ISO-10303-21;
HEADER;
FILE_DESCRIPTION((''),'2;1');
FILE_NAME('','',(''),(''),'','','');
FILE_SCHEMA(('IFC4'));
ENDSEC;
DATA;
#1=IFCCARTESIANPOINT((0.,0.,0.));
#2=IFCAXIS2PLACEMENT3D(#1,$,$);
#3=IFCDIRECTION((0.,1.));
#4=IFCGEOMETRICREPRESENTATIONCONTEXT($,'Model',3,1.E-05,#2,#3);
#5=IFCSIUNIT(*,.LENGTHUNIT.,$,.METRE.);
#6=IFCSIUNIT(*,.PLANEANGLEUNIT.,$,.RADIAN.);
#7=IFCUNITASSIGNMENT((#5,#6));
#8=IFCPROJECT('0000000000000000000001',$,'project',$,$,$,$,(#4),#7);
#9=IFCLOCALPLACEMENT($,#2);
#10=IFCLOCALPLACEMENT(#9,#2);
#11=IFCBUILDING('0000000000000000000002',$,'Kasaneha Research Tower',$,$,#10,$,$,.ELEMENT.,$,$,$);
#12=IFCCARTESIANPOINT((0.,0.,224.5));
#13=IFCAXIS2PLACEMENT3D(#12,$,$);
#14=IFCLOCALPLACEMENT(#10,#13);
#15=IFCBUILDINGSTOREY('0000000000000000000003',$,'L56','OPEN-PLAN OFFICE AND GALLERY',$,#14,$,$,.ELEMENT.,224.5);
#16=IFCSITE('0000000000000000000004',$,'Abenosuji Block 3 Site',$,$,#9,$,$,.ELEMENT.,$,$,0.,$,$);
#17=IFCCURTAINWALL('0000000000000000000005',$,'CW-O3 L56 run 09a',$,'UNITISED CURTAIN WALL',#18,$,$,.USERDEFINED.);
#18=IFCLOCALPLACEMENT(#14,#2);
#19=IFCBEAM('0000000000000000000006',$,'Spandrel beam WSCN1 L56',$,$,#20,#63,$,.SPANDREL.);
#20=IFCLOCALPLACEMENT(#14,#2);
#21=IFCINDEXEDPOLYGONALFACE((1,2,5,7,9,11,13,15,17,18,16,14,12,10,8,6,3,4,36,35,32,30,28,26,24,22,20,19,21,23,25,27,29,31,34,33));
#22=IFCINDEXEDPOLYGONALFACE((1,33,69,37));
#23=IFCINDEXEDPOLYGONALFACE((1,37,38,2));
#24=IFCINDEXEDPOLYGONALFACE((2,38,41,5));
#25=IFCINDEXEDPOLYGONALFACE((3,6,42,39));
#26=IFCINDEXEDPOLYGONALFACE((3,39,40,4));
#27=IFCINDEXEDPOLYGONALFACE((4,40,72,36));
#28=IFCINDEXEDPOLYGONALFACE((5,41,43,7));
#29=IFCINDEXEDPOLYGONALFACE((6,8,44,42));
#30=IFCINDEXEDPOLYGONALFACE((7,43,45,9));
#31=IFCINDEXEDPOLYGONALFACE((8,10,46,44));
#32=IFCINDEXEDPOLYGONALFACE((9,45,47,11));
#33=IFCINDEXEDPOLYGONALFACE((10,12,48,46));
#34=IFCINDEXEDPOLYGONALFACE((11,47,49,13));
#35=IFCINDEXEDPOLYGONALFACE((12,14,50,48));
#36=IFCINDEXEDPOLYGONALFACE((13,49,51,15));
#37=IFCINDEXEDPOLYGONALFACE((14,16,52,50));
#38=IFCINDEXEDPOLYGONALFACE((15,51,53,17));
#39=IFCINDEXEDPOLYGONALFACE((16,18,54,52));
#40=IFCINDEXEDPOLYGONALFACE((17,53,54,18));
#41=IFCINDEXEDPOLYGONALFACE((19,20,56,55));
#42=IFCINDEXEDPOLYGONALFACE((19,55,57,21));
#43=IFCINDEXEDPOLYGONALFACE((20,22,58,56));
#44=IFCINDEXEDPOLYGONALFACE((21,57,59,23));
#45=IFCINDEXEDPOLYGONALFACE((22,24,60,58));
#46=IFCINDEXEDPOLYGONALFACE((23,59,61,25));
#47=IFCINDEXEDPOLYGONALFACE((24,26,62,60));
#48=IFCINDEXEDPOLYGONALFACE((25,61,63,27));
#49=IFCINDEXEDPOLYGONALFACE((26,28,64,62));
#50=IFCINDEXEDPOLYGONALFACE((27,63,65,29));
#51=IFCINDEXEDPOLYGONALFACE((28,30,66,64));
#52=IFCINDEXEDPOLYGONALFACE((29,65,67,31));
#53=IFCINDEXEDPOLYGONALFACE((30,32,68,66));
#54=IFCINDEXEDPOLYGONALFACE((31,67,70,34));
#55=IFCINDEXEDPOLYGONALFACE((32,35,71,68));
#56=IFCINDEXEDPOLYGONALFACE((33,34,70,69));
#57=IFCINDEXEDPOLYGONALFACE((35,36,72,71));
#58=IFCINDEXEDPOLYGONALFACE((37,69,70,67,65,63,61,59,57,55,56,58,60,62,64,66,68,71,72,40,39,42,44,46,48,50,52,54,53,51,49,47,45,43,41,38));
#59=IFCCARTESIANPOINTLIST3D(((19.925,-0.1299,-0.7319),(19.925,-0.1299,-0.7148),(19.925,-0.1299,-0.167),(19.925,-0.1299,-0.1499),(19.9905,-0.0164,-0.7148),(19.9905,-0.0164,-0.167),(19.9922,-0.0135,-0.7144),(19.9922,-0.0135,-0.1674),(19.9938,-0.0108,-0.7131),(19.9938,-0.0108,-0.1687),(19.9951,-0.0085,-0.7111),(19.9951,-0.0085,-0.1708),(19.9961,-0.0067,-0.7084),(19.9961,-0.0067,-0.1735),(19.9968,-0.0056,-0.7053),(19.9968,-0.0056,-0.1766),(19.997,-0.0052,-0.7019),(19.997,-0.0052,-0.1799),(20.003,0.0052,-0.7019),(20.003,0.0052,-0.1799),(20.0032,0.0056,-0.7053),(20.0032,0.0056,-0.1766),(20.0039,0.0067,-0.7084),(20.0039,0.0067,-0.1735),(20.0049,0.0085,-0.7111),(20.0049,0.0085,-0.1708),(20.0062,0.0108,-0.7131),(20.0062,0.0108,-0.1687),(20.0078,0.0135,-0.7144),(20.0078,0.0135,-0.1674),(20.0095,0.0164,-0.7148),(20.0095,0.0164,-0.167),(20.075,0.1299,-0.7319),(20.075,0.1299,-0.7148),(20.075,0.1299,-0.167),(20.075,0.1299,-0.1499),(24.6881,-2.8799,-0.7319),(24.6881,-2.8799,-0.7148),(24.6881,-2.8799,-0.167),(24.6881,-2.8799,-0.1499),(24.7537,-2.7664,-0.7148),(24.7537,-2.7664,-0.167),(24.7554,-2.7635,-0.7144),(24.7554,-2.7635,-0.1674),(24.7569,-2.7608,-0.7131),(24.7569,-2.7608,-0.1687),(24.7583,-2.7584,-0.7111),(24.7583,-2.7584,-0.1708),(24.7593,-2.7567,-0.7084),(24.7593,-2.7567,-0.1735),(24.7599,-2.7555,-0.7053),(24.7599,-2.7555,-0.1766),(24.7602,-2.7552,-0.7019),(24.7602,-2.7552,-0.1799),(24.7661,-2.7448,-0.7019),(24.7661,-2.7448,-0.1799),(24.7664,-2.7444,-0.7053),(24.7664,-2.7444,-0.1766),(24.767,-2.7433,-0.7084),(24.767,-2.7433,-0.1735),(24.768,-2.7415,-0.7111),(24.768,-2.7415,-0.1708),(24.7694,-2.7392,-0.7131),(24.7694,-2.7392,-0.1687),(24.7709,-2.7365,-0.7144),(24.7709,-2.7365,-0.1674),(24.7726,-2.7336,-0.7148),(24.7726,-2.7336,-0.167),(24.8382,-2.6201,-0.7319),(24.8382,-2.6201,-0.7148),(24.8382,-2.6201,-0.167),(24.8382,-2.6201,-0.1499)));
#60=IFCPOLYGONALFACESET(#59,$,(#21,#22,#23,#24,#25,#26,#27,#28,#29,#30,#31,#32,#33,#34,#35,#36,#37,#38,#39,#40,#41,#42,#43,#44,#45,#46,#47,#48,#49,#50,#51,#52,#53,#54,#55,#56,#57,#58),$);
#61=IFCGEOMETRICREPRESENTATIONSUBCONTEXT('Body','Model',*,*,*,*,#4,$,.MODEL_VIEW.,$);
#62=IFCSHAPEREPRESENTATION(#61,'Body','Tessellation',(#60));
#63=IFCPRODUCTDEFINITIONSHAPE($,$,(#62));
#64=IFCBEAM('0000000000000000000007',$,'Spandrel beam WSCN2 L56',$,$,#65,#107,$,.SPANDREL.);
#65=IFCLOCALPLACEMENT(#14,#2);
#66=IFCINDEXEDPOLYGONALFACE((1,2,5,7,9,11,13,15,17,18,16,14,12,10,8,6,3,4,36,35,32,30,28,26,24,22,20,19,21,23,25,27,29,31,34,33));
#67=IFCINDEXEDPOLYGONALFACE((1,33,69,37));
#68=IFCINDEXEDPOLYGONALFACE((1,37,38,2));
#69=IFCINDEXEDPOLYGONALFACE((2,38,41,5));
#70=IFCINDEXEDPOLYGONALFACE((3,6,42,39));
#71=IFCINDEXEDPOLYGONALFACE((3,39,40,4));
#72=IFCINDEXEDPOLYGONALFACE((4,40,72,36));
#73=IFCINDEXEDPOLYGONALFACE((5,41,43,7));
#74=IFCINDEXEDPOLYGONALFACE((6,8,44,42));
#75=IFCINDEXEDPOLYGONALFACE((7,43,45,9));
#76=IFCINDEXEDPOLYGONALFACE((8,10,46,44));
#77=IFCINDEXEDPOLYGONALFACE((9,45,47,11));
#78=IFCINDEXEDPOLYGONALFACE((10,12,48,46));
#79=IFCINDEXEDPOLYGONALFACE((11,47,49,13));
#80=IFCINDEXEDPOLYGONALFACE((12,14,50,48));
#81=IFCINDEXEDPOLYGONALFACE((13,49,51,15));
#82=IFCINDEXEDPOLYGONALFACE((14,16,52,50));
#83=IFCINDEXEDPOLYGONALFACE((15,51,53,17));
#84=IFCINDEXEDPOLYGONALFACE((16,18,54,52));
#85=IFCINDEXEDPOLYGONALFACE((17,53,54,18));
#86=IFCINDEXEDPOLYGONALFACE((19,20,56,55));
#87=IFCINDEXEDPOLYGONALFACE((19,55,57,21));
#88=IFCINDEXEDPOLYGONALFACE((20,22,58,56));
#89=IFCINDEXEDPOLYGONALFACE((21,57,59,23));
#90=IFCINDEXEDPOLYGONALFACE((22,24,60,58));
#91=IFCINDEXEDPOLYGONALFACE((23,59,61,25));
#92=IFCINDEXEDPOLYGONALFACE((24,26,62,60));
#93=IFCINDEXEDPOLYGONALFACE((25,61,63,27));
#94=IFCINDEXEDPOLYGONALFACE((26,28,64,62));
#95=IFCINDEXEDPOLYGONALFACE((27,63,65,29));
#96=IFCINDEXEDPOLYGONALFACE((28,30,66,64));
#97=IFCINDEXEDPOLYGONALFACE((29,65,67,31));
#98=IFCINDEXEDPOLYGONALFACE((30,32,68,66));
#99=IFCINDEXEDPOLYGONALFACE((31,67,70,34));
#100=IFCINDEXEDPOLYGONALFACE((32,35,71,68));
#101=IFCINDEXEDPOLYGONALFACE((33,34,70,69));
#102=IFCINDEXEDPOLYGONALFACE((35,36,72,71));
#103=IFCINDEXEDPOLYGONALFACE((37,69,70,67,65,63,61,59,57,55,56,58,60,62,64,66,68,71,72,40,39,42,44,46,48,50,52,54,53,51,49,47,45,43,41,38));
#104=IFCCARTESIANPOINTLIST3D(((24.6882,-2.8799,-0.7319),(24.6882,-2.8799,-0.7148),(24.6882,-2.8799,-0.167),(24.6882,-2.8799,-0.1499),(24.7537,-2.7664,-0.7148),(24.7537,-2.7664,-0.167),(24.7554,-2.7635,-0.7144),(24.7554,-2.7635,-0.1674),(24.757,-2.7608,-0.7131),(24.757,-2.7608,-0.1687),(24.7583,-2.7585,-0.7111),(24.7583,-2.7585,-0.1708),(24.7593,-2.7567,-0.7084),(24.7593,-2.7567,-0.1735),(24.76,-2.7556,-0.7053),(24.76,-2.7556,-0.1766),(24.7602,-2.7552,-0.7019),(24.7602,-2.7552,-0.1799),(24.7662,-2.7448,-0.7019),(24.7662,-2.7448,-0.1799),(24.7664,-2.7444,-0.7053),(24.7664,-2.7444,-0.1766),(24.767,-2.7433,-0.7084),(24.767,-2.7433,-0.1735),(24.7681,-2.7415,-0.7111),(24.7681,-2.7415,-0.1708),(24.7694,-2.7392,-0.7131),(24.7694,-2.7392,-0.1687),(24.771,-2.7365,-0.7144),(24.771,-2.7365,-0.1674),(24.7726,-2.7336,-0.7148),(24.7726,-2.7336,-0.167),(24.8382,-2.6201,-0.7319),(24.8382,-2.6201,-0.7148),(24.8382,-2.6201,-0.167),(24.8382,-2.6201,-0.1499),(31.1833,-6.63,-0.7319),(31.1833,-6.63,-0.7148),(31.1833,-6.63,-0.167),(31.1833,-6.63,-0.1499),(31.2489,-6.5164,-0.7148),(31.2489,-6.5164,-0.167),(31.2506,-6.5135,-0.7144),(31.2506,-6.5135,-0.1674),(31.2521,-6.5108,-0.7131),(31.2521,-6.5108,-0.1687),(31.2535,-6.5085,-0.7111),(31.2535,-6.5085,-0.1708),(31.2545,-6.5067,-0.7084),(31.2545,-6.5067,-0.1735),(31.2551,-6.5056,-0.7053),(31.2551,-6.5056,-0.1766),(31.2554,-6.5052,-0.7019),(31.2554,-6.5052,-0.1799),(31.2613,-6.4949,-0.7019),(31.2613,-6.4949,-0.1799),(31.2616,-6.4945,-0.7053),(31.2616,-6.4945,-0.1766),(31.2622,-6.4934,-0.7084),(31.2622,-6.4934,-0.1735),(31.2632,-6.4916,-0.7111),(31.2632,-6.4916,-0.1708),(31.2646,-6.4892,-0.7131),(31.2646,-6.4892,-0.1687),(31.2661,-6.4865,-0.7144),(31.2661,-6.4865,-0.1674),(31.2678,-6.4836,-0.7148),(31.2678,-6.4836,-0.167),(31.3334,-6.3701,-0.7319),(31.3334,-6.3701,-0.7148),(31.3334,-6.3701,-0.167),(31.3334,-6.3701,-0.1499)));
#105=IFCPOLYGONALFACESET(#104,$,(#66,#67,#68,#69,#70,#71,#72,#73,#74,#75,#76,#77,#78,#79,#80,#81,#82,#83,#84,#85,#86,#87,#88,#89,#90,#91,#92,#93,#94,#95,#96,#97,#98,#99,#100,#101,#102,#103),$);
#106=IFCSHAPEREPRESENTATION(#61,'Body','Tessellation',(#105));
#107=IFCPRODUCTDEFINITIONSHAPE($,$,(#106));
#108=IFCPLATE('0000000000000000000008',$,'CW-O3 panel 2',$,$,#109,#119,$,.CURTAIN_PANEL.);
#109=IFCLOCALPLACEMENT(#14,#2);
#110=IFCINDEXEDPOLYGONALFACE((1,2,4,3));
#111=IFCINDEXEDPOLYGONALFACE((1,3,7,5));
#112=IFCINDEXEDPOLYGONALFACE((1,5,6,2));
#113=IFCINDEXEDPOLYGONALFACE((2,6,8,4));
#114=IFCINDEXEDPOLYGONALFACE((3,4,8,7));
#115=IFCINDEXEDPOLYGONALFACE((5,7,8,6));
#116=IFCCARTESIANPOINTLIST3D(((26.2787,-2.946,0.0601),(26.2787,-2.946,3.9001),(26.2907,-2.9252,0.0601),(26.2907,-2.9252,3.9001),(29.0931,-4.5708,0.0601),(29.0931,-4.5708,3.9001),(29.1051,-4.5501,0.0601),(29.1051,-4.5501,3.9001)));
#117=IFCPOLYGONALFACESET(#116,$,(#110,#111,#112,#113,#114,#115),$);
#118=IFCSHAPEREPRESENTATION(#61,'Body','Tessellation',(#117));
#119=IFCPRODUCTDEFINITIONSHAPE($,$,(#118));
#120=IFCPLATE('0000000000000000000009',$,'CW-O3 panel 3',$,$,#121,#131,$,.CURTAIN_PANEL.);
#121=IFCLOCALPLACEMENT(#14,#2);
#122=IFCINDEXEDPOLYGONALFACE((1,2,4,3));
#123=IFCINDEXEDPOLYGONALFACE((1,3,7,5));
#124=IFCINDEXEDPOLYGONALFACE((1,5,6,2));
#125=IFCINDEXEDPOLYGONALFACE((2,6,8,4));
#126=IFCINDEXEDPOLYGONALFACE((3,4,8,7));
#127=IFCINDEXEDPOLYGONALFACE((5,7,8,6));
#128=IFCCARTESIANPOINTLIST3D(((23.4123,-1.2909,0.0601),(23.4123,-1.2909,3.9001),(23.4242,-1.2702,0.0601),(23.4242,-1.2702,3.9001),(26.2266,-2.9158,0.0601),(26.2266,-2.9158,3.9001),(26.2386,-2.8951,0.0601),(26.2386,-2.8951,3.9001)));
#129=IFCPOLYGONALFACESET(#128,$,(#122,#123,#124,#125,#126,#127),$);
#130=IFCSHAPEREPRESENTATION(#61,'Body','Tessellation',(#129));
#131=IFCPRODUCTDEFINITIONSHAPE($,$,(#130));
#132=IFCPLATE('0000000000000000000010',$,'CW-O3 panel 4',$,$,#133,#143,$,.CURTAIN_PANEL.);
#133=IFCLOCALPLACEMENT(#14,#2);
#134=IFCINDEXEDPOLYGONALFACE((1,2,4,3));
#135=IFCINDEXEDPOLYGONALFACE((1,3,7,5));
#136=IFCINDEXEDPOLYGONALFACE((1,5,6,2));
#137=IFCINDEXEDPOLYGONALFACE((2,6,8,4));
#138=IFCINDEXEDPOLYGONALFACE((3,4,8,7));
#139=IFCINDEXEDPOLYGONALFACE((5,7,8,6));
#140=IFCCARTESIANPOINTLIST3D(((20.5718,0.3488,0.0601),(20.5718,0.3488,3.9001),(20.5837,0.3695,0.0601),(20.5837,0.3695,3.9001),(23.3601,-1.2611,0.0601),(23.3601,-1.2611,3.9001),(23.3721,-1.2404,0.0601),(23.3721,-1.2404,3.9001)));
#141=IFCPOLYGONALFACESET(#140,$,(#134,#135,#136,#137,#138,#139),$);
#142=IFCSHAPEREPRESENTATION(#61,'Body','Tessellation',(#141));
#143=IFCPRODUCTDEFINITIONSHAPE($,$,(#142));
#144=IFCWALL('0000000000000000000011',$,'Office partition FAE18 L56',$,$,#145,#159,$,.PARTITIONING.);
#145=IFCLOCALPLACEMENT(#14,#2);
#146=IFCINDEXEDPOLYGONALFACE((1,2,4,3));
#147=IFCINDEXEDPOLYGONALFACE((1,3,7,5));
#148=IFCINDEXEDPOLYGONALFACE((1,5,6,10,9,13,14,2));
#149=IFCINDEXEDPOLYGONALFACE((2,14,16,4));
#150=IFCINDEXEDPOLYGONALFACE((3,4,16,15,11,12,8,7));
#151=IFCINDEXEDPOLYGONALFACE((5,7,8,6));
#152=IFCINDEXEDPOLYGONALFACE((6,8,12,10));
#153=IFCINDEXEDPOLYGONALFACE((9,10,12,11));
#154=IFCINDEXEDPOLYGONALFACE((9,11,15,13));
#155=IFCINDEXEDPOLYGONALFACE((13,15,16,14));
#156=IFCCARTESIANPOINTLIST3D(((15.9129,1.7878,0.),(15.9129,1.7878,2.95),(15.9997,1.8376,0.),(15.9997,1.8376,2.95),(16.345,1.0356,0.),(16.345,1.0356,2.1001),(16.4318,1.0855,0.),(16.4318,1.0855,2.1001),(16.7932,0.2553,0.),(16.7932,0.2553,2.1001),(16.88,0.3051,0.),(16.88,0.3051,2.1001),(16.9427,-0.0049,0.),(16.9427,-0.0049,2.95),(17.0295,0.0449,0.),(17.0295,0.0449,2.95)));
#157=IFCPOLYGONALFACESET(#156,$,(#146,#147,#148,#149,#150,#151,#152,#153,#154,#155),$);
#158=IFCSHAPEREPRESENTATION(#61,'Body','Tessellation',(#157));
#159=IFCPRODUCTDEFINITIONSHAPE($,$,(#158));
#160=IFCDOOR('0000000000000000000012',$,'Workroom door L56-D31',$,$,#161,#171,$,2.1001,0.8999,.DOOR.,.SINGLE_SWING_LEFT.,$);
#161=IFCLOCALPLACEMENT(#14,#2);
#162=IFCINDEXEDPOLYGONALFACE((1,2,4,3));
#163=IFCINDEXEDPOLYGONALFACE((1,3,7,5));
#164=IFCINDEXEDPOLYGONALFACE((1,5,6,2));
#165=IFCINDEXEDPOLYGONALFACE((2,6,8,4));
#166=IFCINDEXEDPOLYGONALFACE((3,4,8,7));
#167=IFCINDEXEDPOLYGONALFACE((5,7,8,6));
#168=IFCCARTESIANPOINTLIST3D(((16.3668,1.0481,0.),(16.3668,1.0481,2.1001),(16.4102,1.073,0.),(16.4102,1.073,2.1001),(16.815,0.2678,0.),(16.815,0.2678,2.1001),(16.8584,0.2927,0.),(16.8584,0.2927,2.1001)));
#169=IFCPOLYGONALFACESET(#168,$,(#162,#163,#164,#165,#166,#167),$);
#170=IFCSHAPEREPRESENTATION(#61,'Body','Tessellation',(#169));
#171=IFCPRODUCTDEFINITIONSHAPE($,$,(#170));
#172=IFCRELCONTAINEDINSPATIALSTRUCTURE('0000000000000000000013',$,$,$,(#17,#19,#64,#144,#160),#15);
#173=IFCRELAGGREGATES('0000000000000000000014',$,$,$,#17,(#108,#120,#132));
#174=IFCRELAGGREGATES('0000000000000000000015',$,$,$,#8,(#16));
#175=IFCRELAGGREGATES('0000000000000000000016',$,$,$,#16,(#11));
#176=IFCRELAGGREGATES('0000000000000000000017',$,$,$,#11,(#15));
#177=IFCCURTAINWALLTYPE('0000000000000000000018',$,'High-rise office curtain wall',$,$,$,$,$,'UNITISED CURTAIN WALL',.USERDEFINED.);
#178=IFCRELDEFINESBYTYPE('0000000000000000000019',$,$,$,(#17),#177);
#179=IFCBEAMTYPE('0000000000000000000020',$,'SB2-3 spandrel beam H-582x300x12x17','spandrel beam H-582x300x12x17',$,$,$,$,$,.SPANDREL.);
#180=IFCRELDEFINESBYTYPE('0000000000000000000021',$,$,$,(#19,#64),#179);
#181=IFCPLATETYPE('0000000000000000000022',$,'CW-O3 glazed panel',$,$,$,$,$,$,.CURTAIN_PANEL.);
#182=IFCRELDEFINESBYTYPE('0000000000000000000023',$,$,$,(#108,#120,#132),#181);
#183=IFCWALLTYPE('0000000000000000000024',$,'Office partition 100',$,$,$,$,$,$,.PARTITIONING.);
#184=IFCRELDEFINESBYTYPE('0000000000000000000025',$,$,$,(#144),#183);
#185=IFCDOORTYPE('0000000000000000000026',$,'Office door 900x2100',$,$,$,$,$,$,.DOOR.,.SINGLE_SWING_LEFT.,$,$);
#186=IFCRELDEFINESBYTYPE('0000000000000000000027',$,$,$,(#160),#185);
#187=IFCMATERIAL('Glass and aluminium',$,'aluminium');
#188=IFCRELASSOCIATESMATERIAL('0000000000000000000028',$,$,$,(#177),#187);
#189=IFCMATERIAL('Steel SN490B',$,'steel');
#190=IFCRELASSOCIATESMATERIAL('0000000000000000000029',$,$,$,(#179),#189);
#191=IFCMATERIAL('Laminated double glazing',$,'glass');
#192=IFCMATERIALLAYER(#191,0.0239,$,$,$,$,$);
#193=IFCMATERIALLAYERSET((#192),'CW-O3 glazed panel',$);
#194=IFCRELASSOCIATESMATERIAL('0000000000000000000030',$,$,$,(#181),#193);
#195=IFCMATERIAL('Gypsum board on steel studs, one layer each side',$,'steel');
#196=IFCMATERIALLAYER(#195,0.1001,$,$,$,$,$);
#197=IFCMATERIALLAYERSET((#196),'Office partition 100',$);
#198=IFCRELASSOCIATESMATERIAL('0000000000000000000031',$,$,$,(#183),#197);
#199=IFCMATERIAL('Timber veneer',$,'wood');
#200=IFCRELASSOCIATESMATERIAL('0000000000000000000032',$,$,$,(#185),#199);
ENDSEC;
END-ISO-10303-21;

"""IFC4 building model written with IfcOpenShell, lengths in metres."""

from ifc_helpers import new_model, si_unit, direction, frame, frame_2d, origin, origin_2d, place, context, subcontext, project, spatial, rectangle, i_section, extrude, material, layer, layer_set, material_profile, profile_set, type_object, element, fill, aggregate, save


model = new_model("IFC4")

# Units and contexts
model_context = context("Model", 3, precision=1e-05, world=origin(), true_north=direction((0.0, 1.0)))
body_context = subcontext(model_context, "Body", "Model", "MODEL_VIEW")
ifc_project = project(units=[si_unit("LENGTHUNIT", "METRE"), si_unit("PLANEANGLEUNIT", "RADIAN")], contexts=[model_context])

# Site, building, storey
site_placement = place(None, origin())
site = spatial("IfcSite", under=ifc_project, at=site_placement, Name="Abenosuji Block 3 Site", CompositionType="ELEMENT", RefElevation=0.0)
building_placement = place(site_placement, origin())
building = spatial("IfcBuilding", under=site, at=building_placement, Name="Kasaneha Research Tower", CompositionType="ELEMENT")
storey_placement = place(building_placement, frame((0.0, 0.0, 224.5)))
storey = spatial("IfcBuildingStorey", under=building, at=storey_placement, Name="L56", Description="OPEN-PLAN OFFICE AND GALLERY", CompositionType="ELEMENT", Elevation=224.5)

# Curtain wall
ifc_material_1 = material(Name="Glass and aluminium", Category="aluminium")
curtain_wall_type = type_object("IfcCurtainWallType", Name="High-rise office curtain wall", ElementType="UNITISED CURTAIN WALL", PredefinedType="USERDEFINED", material=ifc_material_1)
curtain_wall_placement = place(storey_placement, origin())
curtain_wall = element("IfcCurtainWall", 1, at=curtain_wall_placement, inside=storey, type_object=curtain_wall_type, Name="CW-O3 L56 run 09a", ObjectType="UNITISED CURTAIN WALL", PredefinedType="USERDEFINED")

# Beams
ifc_material_2 = material(Name="Steel SN490B", Category="steel")
ifc_material_profile_1 = material_profile(ifc_material_2, i_section(OverallWidth=0.3, OverallDepth=0.582, WebThickness=0.012, FlangeThickness=0.0171, FilletRadius=0.0129, at=origin_2d()), Name="H-582x300x12x17")
ifc_profile_set_1 = profile_set([ifc_material_profile_1], Name="Steel SN490B")
beam_type_1 = type_object("IfcBeamType", Name="SB2-3 spandrel beam H-582x300x12x17", Description="spandrel beam H-582x300x12x17", PredefinedType="SPANDREL", material=ifc_profile_set_1)
beam_1_placement = place(storey_placement, frame((20.0, 0.0, -0.4409), z_axis=(0.866027, -0.499997, 0.0), x_axis=(0.499997, 0.866027, 0.0)))
element("IfcBeam", 2, at=beam_1_placement, inside=storey, type_object=beam_type_1, Name="Spandrel beam WSCN1 L56", PredefinedType="SPANDREL", context=body_context, shape_type="SweptSolid", body=[
    extrude(i_section(OverallWidth=0.3, OverallDepth=0.582, WebThickness=0.012, FlangeThickness=0.0171, FilletRadius=0.0129, at=origin_2d()), origin(), (0.0, 0.0, 1.0), 5.5),
])
beam_2_placement = place(storey_placement, frame((24.7632, -2.75, -0.4409), z_axis=(0.866023, -0.500004, 0.0), x_axis=(0.500004, 0.866023, 0.0)))
element("IfcBeam", 3, at=beam_2_placement, inside=storey, type_object=beam_type_1, Name="Spandrel beam WSCN2 L56", PredefinedType="SPANDREL", context=body_context, shape_type="SweptSolid", body=[
    extrude(i_section(OverallWidth=0.3, OverallDepth=0.582, WebThickness=0.012, FlangeThickness=0.0171, FilletRadius=0.0129, at=origin_2d()), origin(), (0.0, 0.0, 1.0), 7.5),
])

# Plates
ifc_material_3 = material(Name="Laminated double glazing", Category="glass")
ifc_layer_1 = layer(ifc_material_3, 0.0239)
ifc_layer_set_1 = layer_set([ifc_layer_1], Name="CW-O3 glazed panel")
plate_type = type_object("IfcPlateType", Name="CW-O3 glazed panel", PredefinedType="CURTAIN_PANEL", material=ifc_layer_set_1)
plate_1_placement = place(storey_placement, frame((27.6919, -3.748, 0.0601), z_axis=(0.0, 0.0, 1.0), x_axis=(-0.866025, 0.5, 0.0)))
plate_1 = element("IfcPlate", 4, at=plate_1_placement, type_object=plate_type, Name="CW-O3 panel 2", PredefinedType="CURTAIN_PANEL", context=body_context, shape_type="SweptSolid", body=[
    extrude(rectangle(XDim=3.2498, YDim=0.0239, at=origin_2d()), origin(), (0.0, 0.0, 1.0), 3.8401),
])
plate_2_placement = place(storey_placement, frame((24.8254, -2.093, 0.0601), z_axis=(0.0, 0.0, 1.0), x_axis=(-0.866025, 0.5, 0.0)))
plate_2 = element("IfcPlate", 5, at=plate_2_placement, type_object=plate_type, Name="CW-O3 panel 3", PredefinedType="CURTAIN_PANEL", context=body_context, shape_type="SweptSolid", body=[
    extrude(rectangle(XDim=3.2498, YDim=0.0239, at=origin_2d()), origin(), (0.0, 0.0, 1.0), 3.8401),
])
plate_3_placement = place(storey_placement, frame((21.9719, -0.4458, 0.0601), z_axis=(0.0, 0.0, 1.0), x_axis=(-0.866025, 0.5, 0.0)))
plate_3 = element("IfcPlate", 6, at=plate_3_placement, type_object=plate_type, Name="CW-O3 panel 4", PredefinedType="CURTAIN_PANEL", context=body_context, shape_type="SweptSolid", body=[
    extrude(rectangle(XDim=3.2197, YDim=0.0239, at=origin_2d()), origin(), (0.0, 0.0, 1.0), 3.8401),
])
aggregate(curtain_wall, [plate_1, plate_2, plate_3])

# Wall, opening, door
ifc_material_4 = material(Name="Gypsum board on steel studs, one layer each side", Category="steel")
ifc_layer_2 = layer(ifc_material_4, 0.1001)
ifc_layer_set_2 = layer_set([ifc_layer_2], Name="Office partition 100")
wall_type_1 = type_object("IfcWallType", Name="Office partition 100", PredefinedType="PARTITIONING", material=ifc_layer_set_2)
wall_1_placement = place(storey_placement, frame((16.9861, 0.02, 0.0), z_axis=(0.0, 0.0, 1.0), x_axis=(-0.498096, 0.867122, 0.0)))
wall_1 = element("IfcWall", 7, at=wall_1_placement, inside=storey, type_object=wall_type_1, Name="Office partition FAE18 L56", PredefinedType="PARTITIONING", context=body_context, shape_type="SweptSolid", body=[
    extrude(rectangle(XDim=2.0674, YDim=0.1001, at=frame_2d((1.0337, 0.0))), origin(), (0.0, 0.0, 1.0), 2.95),
])
opening_1_placement = place(wall_1_placement, frame((0.3, 0.0, 0.0)))
opening_1 = element("IfcOpeningElement", 8, at=opening_1_placement, cuts=wall_1, PredefinedType="OPENING", context=body_context, shape_type="SweptSolid", body=[
    extrude(rectangle(XDim=0.8999, YDim=2.1001, at=frame_2d((0.45, 1.05))), frame((0.0, 0.0601, 0.0), z_axis=(0.0, -1.0, 0.0), x_axis=(1.0, 0.0, 0.0)), (0.0, 0.0, 1.0), 0.1201),
])
ifc_material_5 = material(Name="Timber veneer", Category="wood")
door_type_1 = type_object("IfcDoorType", Name="Office door 900x2100", OperationType="SINGLE_SWING_LEFT", PredefinedType="DOOR", material=ifc_material_5)
door_1_placement = place(opening_1_placement, origin())
door_1 = element("IfcDoor", 9, at=door_1_placement, inside=storey, type_object=door_type_1, Name="Workroom door L56-D31", OperationType="SINGLE_SWING_LEFT", OverallHeight=2.1001, OverallWidth=0.8999, PredefinedType="DOOR", context=body_context, shape_type="SweptSolid", body=[
    extrude(rectangle(XDim=0.8999, YDim=2.1001, at=frame_2d((0.45, 1.05))), frame((0.0, 0.0249, 0.0), z_axis=(0.0, -1.0, 0.0), x_axis=(1.0, 0.0, 0.0)), (0.0, 0.0, 1.0), 0.05),
])
fill(opening_1, door_1)

save(model, "model.ifc")
